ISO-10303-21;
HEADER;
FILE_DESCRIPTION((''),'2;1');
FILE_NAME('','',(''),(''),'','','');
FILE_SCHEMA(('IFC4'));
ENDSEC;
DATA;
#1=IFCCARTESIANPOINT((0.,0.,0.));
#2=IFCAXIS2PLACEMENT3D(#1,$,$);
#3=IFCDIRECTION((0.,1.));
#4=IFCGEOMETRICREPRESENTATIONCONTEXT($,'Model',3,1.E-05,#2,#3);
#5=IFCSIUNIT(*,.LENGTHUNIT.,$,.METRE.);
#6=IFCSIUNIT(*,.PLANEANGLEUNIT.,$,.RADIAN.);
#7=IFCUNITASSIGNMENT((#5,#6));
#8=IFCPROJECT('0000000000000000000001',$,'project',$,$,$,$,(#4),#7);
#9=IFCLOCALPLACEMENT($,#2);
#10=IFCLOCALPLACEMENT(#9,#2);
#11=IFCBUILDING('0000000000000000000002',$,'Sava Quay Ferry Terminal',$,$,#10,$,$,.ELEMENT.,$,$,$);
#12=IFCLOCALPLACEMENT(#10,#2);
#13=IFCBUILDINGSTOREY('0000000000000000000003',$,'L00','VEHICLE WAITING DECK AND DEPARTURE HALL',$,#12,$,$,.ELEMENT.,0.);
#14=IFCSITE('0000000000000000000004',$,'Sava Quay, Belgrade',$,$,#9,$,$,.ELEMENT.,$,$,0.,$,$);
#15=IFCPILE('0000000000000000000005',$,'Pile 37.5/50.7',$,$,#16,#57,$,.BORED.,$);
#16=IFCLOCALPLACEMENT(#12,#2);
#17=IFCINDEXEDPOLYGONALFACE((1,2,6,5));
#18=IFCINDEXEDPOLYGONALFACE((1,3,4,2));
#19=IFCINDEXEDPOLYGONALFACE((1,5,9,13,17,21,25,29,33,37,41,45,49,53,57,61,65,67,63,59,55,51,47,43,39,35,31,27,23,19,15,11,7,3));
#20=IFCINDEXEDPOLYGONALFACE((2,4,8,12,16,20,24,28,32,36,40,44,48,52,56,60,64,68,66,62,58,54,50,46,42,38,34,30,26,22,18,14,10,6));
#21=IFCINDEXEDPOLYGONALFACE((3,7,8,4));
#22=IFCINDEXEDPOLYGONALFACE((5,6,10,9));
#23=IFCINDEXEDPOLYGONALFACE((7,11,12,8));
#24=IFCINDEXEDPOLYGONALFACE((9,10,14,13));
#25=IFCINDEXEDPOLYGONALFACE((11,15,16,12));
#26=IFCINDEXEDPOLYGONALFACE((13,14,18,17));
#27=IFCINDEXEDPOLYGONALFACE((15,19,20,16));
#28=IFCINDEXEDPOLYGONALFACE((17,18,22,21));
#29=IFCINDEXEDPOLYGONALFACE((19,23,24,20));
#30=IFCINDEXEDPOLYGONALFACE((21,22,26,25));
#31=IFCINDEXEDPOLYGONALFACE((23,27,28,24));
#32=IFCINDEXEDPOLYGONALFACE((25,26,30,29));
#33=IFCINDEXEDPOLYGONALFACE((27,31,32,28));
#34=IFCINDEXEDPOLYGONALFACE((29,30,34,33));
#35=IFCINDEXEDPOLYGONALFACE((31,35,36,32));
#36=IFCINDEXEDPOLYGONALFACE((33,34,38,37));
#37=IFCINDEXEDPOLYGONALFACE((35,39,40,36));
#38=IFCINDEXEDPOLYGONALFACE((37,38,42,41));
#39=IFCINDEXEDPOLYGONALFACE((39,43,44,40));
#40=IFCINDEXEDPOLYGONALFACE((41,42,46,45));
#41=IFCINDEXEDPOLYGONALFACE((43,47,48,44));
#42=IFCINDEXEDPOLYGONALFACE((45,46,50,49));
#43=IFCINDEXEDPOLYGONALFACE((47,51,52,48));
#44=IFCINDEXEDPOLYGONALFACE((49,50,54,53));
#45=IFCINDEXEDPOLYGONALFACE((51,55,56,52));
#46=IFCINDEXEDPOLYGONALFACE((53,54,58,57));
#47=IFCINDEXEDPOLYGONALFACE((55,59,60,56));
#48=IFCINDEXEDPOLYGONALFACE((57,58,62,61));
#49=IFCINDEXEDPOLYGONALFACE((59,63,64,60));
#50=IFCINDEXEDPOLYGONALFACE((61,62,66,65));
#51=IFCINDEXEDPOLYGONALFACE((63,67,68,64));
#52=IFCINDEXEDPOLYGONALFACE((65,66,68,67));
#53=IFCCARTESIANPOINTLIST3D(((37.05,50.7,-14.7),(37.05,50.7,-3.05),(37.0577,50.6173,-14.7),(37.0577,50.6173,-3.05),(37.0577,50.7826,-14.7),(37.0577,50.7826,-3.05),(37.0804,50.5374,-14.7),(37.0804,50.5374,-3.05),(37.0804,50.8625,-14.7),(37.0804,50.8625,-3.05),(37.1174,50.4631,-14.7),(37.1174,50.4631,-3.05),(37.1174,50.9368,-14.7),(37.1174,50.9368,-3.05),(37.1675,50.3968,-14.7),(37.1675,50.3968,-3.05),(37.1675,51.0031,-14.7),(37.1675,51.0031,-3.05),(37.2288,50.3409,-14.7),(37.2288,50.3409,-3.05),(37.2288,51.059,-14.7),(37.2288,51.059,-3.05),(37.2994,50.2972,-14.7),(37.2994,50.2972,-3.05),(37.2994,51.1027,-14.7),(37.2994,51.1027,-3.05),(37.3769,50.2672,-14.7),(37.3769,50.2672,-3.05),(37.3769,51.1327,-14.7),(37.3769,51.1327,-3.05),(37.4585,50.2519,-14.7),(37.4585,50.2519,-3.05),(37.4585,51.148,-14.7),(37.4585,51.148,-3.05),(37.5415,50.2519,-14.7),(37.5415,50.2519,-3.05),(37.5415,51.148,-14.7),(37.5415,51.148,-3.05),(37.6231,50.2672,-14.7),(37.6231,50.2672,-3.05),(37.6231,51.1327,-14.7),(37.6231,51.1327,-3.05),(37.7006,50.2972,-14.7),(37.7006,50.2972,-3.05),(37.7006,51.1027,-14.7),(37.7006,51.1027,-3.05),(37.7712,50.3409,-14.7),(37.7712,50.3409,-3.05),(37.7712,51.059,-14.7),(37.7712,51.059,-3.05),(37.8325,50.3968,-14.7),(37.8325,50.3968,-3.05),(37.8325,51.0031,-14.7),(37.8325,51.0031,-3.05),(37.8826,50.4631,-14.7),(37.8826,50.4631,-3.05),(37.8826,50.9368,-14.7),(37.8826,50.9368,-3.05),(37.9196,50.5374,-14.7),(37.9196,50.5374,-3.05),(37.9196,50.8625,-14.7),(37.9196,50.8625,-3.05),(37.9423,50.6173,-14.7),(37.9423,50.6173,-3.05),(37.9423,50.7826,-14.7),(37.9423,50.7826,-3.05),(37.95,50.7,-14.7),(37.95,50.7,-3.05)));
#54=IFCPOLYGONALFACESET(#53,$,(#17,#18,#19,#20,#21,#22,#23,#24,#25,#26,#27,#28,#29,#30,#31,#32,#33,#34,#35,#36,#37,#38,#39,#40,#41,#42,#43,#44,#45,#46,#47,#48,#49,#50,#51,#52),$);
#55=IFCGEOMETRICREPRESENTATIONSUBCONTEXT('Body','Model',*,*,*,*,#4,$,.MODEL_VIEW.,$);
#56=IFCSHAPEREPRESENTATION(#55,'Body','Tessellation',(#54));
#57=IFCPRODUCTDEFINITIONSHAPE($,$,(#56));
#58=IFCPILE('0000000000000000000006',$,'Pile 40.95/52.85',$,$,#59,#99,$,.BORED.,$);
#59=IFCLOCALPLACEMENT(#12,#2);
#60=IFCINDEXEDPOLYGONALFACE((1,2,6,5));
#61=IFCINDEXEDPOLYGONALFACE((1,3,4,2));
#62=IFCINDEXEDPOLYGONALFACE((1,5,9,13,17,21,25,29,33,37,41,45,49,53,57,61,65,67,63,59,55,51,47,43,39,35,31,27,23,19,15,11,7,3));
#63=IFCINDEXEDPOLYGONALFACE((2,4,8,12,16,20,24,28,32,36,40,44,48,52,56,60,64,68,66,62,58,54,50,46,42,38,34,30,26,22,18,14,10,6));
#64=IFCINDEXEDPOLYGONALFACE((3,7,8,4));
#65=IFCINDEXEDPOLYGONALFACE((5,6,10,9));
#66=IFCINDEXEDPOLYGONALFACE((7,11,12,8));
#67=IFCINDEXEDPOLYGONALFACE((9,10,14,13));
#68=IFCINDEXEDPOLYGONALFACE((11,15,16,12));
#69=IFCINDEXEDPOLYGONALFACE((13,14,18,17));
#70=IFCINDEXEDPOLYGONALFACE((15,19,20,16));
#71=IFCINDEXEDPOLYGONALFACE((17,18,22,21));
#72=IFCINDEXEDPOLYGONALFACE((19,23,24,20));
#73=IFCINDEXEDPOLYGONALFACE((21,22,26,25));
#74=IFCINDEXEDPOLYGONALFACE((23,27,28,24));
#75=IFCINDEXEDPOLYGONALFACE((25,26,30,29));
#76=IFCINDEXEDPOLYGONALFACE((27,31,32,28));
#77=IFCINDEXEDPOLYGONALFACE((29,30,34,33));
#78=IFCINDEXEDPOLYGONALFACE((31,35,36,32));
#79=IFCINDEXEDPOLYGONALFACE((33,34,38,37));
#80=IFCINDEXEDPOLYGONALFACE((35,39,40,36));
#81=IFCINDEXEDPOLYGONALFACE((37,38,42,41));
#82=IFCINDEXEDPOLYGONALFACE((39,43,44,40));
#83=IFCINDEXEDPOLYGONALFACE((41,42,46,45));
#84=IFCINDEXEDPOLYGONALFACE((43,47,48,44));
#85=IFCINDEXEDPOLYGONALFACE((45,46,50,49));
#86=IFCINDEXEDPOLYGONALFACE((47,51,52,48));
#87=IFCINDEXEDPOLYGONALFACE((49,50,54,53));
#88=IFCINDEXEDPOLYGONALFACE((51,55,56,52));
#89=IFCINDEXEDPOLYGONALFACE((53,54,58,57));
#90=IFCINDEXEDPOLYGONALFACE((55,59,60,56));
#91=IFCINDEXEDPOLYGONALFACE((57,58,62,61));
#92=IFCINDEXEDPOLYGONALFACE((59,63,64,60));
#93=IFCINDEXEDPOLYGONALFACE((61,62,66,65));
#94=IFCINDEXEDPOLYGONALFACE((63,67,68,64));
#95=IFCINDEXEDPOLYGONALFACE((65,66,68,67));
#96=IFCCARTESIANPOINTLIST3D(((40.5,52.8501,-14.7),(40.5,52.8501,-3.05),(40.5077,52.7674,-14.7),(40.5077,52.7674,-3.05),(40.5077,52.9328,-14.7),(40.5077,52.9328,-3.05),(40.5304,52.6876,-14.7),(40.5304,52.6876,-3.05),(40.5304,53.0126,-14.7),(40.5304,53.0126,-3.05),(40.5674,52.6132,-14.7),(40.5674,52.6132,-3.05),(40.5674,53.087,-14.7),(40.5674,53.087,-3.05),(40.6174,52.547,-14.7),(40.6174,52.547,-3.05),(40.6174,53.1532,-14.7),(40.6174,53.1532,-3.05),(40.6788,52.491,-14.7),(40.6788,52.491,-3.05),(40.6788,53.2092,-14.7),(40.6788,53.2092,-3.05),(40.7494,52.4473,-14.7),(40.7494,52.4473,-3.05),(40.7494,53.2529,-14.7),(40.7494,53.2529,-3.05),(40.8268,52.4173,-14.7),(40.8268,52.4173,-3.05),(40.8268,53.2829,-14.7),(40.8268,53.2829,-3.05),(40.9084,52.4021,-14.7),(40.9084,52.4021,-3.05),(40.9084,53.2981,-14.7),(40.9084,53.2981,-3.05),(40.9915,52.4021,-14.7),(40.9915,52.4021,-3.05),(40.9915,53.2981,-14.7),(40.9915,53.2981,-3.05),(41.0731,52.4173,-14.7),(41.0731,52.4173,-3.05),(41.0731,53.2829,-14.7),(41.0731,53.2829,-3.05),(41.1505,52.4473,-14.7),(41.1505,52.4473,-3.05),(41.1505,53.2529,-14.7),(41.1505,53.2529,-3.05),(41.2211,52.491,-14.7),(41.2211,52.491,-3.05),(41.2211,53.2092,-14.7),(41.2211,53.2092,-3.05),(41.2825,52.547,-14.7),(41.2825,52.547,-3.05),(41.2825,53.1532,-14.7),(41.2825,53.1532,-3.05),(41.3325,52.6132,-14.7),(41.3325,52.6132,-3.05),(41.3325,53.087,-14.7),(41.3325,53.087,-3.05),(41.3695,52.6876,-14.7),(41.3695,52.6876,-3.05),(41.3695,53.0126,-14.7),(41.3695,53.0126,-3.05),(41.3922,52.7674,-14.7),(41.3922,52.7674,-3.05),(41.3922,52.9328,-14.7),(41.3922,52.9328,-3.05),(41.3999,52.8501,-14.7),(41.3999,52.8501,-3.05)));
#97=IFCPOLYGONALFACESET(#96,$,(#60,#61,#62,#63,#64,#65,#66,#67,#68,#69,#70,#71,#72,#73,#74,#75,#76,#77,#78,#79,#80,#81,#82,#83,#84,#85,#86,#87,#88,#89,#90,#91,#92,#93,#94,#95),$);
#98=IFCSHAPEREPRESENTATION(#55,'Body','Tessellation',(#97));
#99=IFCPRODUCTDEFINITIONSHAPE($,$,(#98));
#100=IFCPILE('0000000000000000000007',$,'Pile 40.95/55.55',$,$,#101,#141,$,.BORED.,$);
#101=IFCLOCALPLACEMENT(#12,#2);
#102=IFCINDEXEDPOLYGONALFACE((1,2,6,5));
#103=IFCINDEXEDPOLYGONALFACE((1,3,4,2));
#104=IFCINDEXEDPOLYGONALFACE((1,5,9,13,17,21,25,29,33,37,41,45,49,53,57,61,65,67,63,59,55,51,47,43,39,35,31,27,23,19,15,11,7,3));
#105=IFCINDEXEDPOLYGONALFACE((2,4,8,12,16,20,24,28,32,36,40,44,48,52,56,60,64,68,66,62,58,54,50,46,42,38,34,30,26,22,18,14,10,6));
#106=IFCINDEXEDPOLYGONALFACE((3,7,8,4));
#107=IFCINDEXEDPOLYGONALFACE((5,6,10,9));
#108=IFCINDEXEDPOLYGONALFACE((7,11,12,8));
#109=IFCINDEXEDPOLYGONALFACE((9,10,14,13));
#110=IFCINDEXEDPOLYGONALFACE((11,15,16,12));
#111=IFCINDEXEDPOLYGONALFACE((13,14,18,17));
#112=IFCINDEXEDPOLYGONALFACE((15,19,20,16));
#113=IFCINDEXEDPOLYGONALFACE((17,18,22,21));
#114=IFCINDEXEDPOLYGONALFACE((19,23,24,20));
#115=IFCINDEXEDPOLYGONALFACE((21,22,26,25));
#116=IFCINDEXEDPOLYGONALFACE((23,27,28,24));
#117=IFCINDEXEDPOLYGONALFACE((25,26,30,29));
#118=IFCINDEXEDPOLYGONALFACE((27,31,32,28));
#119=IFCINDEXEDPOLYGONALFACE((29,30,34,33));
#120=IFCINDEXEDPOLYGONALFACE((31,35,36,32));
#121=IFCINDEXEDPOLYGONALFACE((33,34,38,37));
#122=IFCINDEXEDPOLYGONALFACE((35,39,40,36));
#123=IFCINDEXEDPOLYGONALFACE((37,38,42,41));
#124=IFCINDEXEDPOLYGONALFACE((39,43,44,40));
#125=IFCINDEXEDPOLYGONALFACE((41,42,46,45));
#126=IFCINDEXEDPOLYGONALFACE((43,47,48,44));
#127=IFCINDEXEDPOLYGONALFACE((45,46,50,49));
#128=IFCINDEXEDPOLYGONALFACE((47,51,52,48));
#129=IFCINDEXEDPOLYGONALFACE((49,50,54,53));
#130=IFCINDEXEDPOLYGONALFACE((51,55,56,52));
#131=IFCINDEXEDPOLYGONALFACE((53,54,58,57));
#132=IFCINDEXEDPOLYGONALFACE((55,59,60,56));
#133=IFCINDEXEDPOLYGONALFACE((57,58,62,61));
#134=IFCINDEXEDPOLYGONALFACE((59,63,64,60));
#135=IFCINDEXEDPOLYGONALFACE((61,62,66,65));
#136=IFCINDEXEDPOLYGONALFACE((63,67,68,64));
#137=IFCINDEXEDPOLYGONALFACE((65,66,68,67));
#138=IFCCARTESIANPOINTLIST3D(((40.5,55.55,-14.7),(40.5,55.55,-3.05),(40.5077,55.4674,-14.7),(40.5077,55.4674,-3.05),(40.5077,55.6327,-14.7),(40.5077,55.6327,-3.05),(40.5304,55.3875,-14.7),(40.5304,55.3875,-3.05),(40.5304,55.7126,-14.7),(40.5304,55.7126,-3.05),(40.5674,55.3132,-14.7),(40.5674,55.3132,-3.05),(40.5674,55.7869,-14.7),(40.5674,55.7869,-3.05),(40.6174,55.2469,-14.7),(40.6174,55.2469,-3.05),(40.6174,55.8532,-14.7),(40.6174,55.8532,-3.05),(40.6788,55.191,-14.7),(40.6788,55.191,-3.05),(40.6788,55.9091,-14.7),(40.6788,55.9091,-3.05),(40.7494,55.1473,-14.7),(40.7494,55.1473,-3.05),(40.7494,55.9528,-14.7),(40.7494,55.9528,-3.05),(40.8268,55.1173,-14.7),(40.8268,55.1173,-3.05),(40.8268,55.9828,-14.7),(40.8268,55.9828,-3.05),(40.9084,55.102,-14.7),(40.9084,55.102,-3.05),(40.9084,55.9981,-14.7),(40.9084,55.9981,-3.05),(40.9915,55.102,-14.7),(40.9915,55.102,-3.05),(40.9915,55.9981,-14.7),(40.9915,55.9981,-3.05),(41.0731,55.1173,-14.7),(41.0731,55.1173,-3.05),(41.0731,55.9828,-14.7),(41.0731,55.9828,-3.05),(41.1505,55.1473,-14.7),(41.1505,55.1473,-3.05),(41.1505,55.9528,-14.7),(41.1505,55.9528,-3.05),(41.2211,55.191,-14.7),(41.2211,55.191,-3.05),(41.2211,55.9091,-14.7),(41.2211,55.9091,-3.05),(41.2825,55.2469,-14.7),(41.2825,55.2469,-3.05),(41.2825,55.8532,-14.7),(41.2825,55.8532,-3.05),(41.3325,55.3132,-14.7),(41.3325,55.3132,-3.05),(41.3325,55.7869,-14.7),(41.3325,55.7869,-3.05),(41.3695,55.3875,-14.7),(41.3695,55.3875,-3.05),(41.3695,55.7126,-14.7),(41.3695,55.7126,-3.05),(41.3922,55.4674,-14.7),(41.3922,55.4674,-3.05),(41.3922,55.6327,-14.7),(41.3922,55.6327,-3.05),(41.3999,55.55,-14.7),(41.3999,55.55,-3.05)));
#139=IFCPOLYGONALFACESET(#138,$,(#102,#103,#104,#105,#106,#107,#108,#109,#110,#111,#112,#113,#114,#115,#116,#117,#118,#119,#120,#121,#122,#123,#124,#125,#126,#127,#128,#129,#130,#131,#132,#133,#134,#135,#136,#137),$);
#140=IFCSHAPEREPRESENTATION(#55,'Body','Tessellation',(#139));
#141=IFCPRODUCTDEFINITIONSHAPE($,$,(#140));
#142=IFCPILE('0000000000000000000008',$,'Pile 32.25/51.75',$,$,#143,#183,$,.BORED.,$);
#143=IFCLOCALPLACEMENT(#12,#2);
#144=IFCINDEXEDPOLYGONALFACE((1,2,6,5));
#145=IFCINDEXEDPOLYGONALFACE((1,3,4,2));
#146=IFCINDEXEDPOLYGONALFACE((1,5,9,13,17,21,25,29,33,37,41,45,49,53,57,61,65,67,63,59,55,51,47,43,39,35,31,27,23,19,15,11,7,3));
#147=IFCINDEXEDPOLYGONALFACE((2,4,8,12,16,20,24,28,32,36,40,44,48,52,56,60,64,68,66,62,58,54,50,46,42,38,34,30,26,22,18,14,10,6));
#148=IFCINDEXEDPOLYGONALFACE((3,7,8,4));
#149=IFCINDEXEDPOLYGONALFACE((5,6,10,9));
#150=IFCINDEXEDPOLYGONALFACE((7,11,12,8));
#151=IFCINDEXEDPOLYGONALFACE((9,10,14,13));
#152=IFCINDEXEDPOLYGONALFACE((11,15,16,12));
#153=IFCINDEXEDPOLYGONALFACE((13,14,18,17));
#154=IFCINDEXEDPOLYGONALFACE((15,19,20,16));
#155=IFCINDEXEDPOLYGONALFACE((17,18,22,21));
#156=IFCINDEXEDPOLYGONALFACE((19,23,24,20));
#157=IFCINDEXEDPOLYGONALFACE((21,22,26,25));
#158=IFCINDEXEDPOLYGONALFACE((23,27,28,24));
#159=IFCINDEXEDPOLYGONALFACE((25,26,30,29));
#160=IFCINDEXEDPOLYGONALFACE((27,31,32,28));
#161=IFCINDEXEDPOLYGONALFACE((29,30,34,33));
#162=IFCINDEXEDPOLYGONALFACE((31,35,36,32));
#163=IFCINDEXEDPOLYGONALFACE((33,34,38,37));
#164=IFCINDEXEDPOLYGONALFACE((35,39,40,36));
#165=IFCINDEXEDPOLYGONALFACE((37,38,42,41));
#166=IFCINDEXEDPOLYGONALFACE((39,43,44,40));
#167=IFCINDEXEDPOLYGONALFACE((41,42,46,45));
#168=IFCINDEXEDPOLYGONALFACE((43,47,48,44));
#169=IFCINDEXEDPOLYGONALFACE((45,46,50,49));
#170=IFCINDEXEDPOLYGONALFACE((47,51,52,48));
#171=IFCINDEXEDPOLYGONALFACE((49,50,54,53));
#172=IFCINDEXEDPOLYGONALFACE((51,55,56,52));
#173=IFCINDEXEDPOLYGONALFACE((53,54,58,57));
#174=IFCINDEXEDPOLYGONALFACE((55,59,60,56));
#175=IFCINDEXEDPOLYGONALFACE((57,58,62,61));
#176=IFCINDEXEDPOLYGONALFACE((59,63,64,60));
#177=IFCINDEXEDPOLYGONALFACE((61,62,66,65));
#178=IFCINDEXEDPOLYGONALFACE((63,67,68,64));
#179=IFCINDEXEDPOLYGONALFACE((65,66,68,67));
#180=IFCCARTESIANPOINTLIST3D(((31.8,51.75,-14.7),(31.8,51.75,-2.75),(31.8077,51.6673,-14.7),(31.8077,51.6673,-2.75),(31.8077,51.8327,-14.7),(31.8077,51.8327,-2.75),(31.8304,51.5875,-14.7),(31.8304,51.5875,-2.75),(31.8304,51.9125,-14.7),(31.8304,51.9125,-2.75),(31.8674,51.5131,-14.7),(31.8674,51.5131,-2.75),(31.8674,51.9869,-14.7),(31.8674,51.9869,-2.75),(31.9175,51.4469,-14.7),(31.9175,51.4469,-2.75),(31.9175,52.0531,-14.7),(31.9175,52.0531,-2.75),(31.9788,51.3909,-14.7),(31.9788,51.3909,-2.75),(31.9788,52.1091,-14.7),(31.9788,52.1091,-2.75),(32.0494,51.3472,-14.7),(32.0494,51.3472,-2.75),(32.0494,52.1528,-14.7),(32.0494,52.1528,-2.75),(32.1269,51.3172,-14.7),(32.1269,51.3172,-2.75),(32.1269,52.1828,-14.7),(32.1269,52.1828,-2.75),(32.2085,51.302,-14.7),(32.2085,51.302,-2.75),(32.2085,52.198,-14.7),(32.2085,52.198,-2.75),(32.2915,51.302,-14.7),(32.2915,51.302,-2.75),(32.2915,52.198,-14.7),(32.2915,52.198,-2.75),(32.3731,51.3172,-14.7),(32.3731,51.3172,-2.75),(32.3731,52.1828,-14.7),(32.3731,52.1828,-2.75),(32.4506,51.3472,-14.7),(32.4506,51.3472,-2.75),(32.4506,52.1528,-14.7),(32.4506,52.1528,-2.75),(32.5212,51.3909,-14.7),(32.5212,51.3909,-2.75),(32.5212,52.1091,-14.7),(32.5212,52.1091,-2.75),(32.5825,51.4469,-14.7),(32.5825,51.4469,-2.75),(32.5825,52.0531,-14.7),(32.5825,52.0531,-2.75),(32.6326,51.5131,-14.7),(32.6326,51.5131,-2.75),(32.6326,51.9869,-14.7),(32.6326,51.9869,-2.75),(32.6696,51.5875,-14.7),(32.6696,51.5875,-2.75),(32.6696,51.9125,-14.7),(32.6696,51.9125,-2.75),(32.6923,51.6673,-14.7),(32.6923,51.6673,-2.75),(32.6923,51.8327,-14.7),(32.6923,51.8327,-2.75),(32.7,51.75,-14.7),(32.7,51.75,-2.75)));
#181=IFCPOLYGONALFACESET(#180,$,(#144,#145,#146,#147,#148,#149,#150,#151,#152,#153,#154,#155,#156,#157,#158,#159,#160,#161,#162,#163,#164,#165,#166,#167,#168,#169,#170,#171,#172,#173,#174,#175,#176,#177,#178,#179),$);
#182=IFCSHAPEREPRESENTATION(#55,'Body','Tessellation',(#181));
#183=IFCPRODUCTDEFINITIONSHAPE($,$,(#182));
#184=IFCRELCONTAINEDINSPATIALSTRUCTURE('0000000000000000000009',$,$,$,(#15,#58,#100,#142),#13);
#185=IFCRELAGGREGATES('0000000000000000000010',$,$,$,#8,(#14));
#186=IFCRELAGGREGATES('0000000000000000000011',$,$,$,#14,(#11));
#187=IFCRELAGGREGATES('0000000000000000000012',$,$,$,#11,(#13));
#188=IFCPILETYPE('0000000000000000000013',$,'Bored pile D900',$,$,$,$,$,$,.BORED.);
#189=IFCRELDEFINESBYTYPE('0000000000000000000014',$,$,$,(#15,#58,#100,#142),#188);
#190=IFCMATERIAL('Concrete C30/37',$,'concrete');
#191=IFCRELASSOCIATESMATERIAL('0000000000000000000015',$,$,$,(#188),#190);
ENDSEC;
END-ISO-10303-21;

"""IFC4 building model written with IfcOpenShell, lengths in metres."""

from ifc_helpers import new_model, si_unit, direction, frame, origin, origin_2d, place, context, subcontext, project, spatial, circle, extrude, material, material_profile, profile_set, type_object, element, save


model = new_model("IFC4")

# Units and contexts
model_context = context("Model", 3, precision=1e-05, world=origin(), true_north=direction((0.0, 1.0)))
body_context = subcontext(model_context, "Body", "Model", "MODEL_VIEW")
ifc_project = project(units=[si_unit("LENGTHUNIT", "METRE"), si_unit("PLANEANGLEUNIT", "RADIAN")], contexts=[model_context])

# Site, building, storey
site_placement = place(None, origin())
site = spatial("IfcSite", under=ifc_project, at=site_placement, Name="Sava Quay, Belgrade", CompositionType="ELEMENT", RefElevation=0.0)
building_placement = place(site_placement, origin())
building = spatial("IfcBuilding", under=site, at=building_placement, Name="Sava Quay Ferry Terminal", CompositionType="ELEMENT")
storey_placement = place(building_placement, origin())
storey = spatial("IfcBuildingStorey", under=building, at=storey_placement, Name="L00", Description="VEHICLE WAITING DECK AND DEPARTURE HALL", CompositionType="ELEMENT", Elevation=0.0)

# Piles
ifc_material_1 = material(Name="Concrete C30/37", Category="concrete")
ifc_material_profile_1 = material_profile(ifc_material_1, circle(Radius=0.45, at=origin_2d()), Name="Bored pile D900")
ifc_profile_set_1 = profile_set([ifc_material_profile_1], Name="Concrete C30/37")
pile_type = type_object("IfcPileType", Name="Bored pile D900", PredefinedType="BORED", material=ifc_profile_set_1)
for number, where, z_axis, x_axis, name in (
    (1, (37.5, 50.7, -3.05), (0.0, 0.0, -1.0), (1.0, 0.0, 0.0), "Pile 37.5/50.7"),
    (2, (40.95, 52.8501, -3.05), (0.0, 0.0, -1.0), (1.0, 0.0, 0.0), "Pile 40.95/52.85"),
    (3, (40.95, 55.55, -3.05), (0.0, 0.0, -1.0), (1.0, 0.0, 0.0), "Pile 40.95/55.55"),
):
    element("IfcPile", number, at=place(storey_placement, frame(where, z_axis=z_axis, x_axis=x_axis)), inside=storey, type_object=pile_type, Name=name, PredefinedType="BORED", context=body_context, shape_type="SweptSolid", body=[
        extrude(circle(Radius=0.45, at=origin_2d()), origin(), (0.0, 0.0, 1.0), 11.6499),
    ])
for number, where, z_axis, x_axis, name in (
    (4, (32.25, 51.75, -2.75), (0.0, 0.0, -1.0), (1.0, 0.0, 0.0), "Pile 32.25/51.75"),
):
    element("IfcPile", number, at=place(storey_placement, frame(where, z_axis=z_axis, x_axis=x_axis)), inside=storey, type_object=pile_type, Name=name, PredefinedType="BORED", context=body_context, shape_type="SweptSolid", body=[
        extrude(circle(Radius=0.45, at=origin_2d()), origin(), (0.0, 0.0, 1.0), 11.95),
    ])

save(model, "model.ifc")
